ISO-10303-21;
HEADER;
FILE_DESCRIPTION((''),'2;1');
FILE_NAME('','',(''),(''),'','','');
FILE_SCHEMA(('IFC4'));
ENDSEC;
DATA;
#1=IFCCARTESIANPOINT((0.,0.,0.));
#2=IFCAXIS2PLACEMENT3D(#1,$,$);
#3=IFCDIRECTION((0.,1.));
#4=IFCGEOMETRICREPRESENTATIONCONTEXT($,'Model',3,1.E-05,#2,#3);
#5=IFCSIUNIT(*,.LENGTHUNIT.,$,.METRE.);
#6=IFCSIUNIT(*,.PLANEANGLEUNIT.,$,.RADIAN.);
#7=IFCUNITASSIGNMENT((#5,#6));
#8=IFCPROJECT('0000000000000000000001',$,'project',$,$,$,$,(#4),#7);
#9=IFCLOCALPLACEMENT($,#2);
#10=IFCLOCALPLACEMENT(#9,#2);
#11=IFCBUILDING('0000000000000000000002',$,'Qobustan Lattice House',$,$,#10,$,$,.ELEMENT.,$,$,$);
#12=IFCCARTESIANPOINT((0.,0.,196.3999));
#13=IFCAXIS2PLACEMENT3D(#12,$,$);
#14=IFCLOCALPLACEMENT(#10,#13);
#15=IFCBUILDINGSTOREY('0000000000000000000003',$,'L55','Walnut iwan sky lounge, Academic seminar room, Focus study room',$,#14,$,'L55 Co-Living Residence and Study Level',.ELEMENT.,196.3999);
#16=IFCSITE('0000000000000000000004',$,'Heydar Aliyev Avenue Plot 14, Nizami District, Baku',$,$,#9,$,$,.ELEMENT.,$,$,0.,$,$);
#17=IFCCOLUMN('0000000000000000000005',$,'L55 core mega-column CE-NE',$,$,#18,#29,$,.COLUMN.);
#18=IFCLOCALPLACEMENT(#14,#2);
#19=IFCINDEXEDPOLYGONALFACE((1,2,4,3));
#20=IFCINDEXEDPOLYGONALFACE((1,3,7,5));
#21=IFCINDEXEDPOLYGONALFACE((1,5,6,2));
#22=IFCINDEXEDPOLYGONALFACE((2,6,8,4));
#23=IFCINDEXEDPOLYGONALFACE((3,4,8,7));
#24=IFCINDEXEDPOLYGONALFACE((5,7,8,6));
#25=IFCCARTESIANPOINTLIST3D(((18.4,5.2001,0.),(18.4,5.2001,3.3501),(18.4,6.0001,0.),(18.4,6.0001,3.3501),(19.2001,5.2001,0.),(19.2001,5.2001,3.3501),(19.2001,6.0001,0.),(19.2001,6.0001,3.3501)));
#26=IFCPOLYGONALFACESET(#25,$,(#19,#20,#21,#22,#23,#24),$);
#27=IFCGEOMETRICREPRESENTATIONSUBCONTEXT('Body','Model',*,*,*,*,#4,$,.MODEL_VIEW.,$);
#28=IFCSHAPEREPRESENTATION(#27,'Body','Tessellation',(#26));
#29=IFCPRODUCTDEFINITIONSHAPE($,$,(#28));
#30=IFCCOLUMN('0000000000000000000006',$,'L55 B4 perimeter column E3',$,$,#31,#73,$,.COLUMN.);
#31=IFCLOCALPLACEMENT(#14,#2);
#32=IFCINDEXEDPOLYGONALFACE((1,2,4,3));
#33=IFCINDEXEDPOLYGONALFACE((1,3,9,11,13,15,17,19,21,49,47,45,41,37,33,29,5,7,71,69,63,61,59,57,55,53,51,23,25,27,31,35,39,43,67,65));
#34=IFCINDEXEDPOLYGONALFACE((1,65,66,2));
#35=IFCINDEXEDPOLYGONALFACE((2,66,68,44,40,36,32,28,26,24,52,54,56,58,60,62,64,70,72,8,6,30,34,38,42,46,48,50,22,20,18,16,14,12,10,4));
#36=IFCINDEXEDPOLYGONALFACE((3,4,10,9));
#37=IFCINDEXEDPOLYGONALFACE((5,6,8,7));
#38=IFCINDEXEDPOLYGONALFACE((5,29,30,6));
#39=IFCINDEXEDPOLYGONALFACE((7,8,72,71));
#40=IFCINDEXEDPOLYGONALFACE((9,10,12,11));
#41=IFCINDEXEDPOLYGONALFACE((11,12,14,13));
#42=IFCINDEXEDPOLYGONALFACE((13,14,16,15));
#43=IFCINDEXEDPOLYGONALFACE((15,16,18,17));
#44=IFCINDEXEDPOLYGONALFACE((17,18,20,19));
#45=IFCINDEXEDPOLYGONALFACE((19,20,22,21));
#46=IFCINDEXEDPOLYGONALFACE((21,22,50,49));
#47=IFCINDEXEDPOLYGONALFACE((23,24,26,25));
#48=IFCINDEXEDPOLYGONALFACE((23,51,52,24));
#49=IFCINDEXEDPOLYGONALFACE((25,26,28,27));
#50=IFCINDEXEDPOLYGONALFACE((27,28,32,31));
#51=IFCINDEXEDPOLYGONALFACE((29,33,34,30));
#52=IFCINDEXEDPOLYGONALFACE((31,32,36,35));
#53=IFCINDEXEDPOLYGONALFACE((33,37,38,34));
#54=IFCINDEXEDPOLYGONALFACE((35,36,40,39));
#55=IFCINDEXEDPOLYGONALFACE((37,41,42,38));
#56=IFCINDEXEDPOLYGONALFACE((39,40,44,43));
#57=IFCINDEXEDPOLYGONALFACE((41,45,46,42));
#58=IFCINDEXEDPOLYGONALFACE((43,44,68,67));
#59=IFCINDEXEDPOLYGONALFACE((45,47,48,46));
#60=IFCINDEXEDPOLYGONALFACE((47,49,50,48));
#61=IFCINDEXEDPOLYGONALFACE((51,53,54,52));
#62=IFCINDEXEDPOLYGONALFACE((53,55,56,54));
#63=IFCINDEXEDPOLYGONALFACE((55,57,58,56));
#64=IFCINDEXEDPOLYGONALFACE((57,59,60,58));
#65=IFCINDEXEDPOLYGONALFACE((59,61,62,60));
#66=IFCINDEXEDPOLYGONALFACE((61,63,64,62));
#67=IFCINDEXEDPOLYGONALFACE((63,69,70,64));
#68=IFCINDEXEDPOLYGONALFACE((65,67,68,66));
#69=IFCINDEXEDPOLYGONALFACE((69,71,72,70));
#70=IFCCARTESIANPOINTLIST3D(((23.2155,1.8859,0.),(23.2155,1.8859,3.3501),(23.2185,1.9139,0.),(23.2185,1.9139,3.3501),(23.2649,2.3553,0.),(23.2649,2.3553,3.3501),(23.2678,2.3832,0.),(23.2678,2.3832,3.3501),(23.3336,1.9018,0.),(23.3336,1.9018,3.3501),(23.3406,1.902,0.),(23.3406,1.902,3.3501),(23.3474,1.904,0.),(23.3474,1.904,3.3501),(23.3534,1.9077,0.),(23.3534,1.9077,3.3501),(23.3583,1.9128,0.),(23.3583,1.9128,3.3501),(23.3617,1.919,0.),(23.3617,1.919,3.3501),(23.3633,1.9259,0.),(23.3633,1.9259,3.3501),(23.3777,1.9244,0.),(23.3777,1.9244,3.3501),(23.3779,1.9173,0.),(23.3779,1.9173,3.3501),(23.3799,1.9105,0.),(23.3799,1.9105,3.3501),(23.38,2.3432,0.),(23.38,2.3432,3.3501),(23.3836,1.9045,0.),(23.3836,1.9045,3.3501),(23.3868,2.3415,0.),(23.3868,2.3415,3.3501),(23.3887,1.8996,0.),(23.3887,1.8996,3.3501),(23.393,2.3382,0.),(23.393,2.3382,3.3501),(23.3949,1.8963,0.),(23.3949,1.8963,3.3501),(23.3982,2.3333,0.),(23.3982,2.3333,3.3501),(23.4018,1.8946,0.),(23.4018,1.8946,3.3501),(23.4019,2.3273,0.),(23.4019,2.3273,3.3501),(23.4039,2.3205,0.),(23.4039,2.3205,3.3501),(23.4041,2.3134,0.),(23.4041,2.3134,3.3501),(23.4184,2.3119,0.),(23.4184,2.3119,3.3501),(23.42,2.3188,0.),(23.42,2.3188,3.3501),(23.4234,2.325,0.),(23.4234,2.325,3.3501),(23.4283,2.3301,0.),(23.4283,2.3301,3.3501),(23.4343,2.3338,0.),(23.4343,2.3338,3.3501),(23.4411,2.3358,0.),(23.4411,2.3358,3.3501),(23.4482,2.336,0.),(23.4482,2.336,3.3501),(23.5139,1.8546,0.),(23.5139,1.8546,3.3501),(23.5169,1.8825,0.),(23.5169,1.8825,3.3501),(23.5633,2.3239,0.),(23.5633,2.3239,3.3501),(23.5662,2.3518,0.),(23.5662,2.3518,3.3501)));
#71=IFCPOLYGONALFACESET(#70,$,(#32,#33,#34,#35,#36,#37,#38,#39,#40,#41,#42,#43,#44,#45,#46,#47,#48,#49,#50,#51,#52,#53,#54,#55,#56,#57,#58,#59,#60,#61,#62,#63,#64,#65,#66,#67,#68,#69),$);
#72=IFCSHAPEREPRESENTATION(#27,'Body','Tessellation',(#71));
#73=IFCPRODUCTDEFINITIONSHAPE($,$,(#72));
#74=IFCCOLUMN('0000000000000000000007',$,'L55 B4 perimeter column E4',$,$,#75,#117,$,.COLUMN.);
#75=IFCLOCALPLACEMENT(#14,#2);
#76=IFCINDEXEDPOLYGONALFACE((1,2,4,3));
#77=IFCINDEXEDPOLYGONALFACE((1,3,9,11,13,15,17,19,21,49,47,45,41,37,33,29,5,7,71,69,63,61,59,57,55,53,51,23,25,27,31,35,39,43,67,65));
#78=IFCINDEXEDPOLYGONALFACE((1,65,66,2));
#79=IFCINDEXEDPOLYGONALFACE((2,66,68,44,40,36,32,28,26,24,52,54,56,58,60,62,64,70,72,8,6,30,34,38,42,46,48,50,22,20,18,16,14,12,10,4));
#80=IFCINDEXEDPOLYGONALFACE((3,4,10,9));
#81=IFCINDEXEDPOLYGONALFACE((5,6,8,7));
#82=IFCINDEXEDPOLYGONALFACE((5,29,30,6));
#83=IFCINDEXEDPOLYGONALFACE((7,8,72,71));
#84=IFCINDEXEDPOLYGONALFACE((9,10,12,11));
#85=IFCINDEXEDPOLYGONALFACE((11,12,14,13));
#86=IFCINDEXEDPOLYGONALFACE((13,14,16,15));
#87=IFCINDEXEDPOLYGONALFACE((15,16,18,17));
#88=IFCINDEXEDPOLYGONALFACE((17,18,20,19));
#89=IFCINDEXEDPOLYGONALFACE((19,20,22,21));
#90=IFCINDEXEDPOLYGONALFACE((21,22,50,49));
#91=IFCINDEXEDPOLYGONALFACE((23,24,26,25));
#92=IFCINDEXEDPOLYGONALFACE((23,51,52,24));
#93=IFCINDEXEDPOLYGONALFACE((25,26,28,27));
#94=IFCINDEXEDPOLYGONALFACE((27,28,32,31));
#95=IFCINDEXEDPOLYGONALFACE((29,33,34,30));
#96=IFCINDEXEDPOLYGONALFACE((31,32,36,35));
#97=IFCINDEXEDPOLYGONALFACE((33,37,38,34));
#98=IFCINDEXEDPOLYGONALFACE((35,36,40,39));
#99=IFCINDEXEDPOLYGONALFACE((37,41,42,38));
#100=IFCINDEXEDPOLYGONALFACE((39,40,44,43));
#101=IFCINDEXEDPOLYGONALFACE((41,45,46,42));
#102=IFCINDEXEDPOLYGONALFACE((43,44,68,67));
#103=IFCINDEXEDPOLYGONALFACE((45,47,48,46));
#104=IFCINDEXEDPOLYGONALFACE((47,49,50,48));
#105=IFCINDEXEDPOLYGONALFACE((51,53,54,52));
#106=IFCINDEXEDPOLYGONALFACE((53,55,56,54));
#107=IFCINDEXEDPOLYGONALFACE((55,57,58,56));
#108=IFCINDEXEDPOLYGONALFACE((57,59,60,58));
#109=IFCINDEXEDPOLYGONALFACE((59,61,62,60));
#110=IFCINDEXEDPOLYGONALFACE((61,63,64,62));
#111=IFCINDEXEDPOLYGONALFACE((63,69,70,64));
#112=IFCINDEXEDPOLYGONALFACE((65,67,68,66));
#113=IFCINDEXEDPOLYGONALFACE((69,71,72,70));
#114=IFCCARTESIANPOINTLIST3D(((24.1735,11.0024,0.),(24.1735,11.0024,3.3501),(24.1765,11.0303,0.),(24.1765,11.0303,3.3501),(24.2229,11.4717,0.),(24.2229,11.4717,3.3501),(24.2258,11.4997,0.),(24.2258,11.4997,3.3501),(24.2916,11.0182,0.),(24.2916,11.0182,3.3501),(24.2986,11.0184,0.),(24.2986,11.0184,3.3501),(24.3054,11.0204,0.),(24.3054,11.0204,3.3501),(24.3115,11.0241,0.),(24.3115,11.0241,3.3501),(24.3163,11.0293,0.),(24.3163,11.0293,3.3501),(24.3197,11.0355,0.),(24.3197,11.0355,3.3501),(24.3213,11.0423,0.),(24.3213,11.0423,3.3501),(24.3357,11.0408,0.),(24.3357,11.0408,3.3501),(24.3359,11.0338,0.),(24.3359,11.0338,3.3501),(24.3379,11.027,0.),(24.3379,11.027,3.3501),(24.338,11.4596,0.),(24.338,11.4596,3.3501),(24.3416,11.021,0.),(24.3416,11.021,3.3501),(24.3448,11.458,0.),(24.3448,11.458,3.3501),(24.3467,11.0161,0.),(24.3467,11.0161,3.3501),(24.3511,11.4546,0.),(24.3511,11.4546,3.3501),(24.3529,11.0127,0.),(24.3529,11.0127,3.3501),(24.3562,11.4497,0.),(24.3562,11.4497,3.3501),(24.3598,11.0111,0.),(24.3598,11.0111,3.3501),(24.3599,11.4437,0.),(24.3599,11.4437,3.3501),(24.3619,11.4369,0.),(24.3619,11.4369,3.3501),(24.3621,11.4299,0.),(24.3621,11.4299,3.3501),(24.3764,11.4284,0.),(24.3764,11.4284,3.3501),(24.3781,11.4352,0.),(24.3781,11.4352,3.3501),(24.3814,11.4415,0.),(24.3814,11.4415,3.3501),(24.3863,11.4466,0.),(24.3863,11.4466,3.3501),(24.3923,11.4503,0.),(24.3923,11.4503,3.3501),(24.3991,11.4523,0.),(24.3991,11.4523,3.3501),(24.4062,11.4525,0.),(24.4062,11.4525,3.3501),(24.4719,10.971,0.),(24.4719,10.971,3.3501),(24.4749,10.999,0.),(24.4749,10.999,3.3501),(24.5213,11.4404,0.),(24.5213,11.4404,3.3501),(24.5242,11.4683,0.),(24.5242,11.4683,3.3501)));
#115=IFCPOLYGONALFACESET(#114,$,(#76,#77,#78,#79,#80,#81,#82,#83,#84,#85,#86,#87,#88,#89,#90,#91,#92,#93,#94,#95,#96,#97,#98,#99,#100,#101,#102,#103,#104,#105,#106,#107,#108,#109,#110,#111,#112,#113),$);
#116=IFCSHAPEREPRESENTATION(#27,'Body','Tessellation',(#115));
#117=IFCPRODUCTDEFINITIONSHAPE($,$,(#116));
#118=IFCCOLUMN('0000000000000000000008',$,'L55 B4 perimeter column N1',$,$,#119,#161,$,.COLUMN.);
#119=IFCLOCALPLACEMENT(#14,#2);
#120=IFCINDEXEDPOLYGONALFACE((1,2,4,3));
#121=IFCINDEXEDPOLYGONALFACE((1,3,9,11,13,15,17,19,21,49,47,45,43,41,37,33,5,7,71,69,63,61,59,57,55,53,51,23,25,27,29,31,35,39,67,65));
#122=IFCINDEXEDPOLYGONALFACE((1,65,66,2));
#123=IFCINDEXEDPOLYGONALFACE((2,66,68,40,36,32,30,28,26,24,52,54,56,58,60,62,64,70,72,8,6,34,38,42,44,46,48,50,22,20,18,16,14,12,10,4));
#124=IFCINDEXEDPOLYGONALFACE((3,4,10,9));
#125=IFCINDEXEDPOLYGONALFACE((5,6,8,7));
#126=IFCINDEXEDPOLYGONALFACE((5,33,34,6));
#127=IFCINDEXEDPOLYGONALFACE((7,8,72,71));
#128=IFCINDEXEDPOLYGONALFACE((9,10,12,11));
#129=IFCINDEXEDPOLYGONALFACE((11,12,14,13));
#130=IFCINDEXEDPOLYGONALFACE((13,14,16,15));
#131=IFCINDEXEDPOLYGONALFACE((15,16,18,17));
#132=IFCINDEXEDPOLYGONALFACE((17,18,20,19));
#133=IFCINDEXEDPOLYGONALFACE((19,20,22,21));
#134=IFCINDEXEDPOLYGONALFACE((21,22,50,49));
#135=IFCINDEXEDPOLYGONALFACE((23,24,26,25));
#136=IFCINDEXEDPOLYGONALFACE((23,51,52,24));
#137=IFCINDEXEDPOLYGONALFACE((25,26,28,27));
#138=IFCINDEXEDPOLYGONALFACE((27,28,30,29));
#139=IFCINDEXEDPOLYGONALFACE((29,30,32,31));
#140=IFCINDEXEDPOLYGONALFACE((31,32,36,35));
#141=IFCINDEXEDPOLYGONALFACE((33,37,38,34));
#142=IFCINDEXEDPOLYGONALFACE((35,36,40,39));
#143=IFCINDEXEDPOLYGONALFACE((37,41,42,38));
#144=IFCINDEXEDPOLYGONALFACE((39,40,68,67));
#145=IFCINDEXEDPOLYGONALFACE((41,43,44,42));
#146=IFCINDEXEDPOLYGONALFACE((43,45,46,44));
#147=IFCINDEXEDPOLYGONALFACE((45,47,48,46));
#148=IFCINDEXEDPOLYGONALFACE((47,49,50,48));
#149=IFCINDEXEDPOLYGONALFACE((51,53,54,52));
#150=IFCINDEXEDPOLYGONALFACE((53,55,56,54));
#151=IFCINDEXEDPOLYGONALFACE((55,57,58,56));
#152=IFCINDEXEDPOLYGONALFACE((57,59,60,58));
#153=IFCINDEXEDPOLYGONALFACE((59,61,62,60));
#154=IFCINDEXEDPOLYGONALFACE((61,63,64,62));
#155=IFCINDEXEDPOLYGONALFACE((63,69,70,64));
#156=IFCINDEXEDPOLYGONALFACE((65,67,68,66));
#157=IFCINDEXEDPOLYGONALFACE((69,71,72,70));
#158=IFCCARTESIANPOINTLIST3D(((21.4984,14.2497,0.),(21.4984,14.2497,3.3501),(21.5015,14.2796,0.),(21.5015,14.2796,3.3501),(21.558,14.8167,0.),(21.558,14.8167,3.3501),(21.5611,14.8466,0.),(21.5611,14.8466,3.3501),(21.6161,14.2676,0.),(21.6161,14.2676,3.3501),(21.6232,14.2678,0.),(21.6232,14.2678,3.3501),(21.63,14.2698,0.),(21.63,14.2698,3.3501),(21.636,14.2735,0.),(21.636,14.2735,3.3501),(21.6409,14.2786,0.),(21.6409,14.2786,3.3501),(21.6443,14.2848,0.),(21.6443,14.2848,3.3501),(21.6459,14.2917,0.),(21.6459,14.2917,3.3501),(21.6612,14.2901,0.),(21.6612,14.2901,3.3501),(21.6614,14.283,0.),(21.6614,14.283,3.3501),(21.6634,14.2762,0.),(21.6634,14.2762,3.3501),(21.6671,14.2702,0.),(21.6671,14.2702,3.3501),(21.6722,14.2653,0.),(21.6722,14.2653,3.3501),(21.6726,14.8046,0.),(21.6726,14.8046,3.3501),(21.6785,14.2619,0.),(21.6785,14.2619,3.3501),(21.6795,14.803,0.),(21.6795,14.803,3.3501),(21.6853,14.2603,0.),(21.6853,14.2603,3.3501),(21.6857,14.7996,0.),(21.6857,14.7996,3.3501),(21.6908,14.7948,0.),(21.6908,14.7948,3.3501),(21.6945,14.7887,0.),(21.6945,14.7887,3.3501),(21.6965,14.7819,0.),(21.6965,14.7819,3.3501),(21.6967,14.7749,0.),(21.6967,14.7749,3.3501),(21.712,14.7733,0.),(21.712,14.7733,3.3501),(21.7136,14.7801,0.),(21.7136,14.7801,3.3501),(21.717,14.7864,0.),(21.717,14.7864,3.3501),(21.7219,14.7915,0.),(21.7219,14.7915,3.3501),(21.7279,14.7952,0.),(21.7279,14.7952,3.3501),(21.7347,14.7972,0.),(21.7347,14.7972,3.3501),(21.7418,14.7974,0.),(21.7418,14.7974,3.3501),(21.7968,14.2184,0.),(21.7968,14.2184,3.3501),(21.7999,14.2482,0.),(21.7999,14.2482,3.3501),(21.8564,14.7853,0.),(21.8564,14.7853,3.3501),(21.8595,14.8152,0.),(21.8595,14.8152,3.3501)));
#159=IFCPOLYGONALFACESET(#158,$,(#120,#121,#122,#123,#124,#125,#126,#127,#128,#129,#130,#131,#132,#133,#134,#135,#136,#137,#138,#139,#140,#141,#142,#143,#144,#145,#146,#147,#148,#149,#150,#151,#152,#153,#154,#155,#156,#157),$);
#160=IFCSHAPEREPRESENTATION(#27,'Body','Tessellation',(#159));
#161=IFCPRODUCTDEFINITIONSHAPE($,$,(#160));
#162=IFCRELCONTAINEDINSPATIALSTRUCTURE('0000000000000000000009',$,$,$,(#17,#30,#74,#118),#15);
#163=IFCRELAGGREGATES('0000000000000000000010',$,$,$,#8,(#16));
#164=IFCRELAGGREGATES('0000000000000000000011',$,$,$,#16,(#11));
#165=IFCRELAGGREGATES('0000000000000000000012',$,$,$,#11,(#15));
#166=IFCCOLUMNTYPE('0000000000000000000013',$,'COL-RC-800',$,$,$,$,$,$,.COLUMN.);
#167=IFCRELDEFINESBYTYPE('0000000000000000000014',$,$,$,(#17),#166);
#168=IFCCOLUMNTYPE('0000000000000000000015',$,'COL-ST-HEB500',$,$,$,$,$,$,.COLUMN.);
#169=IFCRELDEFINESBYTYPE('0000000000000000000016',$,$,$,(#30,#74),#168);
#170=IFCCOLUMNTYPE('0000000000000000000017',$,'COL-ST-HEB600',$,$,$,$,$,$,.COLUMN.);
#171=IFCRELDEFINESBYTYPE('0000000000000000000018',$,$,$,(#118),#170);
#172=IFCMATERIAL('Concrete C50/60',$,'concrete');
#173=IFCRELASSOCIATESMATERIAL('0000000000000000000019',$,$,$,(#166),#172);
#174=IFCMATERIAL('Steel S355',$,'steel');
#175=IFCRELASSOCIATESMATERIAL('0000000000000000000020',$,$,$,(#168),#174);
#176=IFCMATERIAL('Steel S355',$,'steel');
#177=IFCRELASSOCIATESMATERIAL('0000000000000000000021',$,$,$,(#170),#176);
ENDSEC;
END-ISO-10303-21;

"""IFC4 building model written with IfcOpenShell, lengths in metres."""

from ifc_helpers import new_model, si_unit, direction, frame, origin, origin_2d, place, context, subcontext, project, spatial, rectangle, i_section, extrude, material, material_profile, profile_set, type_object, element, save


model = new_model("IFC4")

# Units and contexts
model_context = context("Model", 3, precision=1e-05, world=origin(), true_north=direction((0.0, 1.0)))
body_context = subcontext(model_context, "Body", "Model", "MODEL_VIEW")
ifc_project = project(units=[si_unit("LENGTHUNIT", "METRE"), si_unit("PLANEANGLEUNIT", "RADIAN")], contexts=[model_context])

# Site, building, storey
site_placement = place(None, origin())
site = spatial("IfcSite", under=ifc_project, at=site_placement, Name="Heydar Aliyev Avenue Plot 14, Nizami District, Baku", CompositionType="ELEMENT", RefElevation=0.0)
building_placement = place(site_placement, origin())
building = spatial("IfcBuilding", under=site, at=building_placement, Name="Qobustan Lattice House", CompositionType="ELEMENT")
storey_placement = place(building_placement, frame((0.0, 0.0, 196.3999)))
storey = spatial("IfcBuildingStorey", under=building, at=storey_placement, Name="L55", Description="Walnut iwan sky lounge, Academic seminar room, Focus study room", LongName="L55 Co-Living Residence and Study Level", CompositionType="ELEMENT", Elevation=196.3999)

# Columns
ifc_material_1 = material(Name="Concrete C50/60", Category="concrete")
ifc_material_profile_1 = material_profile(ifc_material_1, rectangle(XDim=0.8, YDim=0.8, at=origin_2d()), Name="RC800x800")
ifc_profile_set_1 = profile_set([ifc_material_profile_1], Name="Concrete C50/60")
column_type_1 = type_object("IfcColumnType", Name="COL-RC-800", PredefinedType="COLUMN", material=ifc_profile_set_1)
column_1_placement = place(storey_placement, frame((18.8, 5.6001, 0.0), z_axis=(0.0, 0.0, 1.0), x_axis=(1.0, 0.0, 0.0)))
element("IfcColumn", 1, at=column_1_placement, inside=storey, type_object=column_type_1, Name="L55 core mega-column CE-NE", PredefinedType="COLUMN", context=body_context, shape_type="SweptSolid", body=[
    extrude(rectangle(XDim=0.8, YDim=0.8, at=origin_2d()), origin(), (0.0, 0.0, 1.0), 3.3501),
])
ifc_material_2 = material(Name="Steel S355", Category="steel")
ifc_material_profile_2 = material_profile(ifc_material_2, i_section(OverallWidth=0.3, OverallDepth=0.5, WebThickness=0.0144, FlangeThickness=0.0281, FilletRadius=0.0271, at=origin_2d()), Name="HEB500")
ifc_profile_set_2 = profile_set([ifc_material_profile_2], Name="Steel S355")
column_type_2 = type_object("IfcColumnType", Name="COL-ST-HEB500", PredefinedType="COLUMN", material=ifc_profile_set_2)
for number, where, z_axis, x_axis, name in (
    (2, (23.3909, 2.1189, 0.0), (0.0, 0.0, 1.0), (0.994522, -0.104528, 0.0), "L55 B4 perimeter column E3"),
    (3, (24.3489, 11.2354, 0.0), (0.0, 0.0, 1.0), (0.994522, -0.104528, 0.0), "L55 B4 perimeter column E4"),
):
    element("IfcColumn", number, at=place(storey_placement, frame(where, z_axis=z_axis, x_axis=x_axis)), inside=storey, type_object=column_type_2, Name=name, PredefinedType="COLUMN", context=body_context, shape_type="SweptSolid", body=[
        extrude(i_section(OverallWidth=0.3, OverallDepth=0.5, WebThickness=0.0144, FlangeThickness=0.0281, FilletRadius=0.0271, at=origin_2d()), origin(), (0.0, 0.0, 1.0), 3.3501),
    ])
ifc_material_3 = material(Name="Steel S355", Category="steel")
ifc_material_profile_3 = material_profile(ifc_material_3, i_section(OverallWidth=0.3, OverallDepth=0.6001, WebThickness=0.0154, FlangeThickness=0.03, FilletRadius=0.0271, at=origin_2d()), Name="HEB600")
ifc_profile_set_3 = profile_set([ifc_material_profile_3], Name="Steel S355")
column_type_3 = type_object("IfcColumnType", Name="COL-ST-HEB600", PredefinedType="COLUMN", material=ifc_profile_set_3)
column_2_placement = place(storey_placement, frame((21.679, 14.5325, 0.0), z_axis=(0.0, 0.0, 1.0), x_axis=(0.994522, -0.104528, 0.0)))
element("IfcColumn", 4, at=column_2_placement, inside=storey, type_object=column_type_3, Name="L55 B4 perimeter column N1", PredefinedType="COLUMN", context=body_context, shape_type="SweptSolid", body=[
    extrude(i_section(OverallWidth=0.3, OverallDepth=0.6001, WebThickness=0.0154, FlangeThickness=0.03, FilletRadius=0.0271, at=origin_2d()), origin(), (0.0, 0.0, 1.0), 3.3501),
])

save(model, "model.ifc")
